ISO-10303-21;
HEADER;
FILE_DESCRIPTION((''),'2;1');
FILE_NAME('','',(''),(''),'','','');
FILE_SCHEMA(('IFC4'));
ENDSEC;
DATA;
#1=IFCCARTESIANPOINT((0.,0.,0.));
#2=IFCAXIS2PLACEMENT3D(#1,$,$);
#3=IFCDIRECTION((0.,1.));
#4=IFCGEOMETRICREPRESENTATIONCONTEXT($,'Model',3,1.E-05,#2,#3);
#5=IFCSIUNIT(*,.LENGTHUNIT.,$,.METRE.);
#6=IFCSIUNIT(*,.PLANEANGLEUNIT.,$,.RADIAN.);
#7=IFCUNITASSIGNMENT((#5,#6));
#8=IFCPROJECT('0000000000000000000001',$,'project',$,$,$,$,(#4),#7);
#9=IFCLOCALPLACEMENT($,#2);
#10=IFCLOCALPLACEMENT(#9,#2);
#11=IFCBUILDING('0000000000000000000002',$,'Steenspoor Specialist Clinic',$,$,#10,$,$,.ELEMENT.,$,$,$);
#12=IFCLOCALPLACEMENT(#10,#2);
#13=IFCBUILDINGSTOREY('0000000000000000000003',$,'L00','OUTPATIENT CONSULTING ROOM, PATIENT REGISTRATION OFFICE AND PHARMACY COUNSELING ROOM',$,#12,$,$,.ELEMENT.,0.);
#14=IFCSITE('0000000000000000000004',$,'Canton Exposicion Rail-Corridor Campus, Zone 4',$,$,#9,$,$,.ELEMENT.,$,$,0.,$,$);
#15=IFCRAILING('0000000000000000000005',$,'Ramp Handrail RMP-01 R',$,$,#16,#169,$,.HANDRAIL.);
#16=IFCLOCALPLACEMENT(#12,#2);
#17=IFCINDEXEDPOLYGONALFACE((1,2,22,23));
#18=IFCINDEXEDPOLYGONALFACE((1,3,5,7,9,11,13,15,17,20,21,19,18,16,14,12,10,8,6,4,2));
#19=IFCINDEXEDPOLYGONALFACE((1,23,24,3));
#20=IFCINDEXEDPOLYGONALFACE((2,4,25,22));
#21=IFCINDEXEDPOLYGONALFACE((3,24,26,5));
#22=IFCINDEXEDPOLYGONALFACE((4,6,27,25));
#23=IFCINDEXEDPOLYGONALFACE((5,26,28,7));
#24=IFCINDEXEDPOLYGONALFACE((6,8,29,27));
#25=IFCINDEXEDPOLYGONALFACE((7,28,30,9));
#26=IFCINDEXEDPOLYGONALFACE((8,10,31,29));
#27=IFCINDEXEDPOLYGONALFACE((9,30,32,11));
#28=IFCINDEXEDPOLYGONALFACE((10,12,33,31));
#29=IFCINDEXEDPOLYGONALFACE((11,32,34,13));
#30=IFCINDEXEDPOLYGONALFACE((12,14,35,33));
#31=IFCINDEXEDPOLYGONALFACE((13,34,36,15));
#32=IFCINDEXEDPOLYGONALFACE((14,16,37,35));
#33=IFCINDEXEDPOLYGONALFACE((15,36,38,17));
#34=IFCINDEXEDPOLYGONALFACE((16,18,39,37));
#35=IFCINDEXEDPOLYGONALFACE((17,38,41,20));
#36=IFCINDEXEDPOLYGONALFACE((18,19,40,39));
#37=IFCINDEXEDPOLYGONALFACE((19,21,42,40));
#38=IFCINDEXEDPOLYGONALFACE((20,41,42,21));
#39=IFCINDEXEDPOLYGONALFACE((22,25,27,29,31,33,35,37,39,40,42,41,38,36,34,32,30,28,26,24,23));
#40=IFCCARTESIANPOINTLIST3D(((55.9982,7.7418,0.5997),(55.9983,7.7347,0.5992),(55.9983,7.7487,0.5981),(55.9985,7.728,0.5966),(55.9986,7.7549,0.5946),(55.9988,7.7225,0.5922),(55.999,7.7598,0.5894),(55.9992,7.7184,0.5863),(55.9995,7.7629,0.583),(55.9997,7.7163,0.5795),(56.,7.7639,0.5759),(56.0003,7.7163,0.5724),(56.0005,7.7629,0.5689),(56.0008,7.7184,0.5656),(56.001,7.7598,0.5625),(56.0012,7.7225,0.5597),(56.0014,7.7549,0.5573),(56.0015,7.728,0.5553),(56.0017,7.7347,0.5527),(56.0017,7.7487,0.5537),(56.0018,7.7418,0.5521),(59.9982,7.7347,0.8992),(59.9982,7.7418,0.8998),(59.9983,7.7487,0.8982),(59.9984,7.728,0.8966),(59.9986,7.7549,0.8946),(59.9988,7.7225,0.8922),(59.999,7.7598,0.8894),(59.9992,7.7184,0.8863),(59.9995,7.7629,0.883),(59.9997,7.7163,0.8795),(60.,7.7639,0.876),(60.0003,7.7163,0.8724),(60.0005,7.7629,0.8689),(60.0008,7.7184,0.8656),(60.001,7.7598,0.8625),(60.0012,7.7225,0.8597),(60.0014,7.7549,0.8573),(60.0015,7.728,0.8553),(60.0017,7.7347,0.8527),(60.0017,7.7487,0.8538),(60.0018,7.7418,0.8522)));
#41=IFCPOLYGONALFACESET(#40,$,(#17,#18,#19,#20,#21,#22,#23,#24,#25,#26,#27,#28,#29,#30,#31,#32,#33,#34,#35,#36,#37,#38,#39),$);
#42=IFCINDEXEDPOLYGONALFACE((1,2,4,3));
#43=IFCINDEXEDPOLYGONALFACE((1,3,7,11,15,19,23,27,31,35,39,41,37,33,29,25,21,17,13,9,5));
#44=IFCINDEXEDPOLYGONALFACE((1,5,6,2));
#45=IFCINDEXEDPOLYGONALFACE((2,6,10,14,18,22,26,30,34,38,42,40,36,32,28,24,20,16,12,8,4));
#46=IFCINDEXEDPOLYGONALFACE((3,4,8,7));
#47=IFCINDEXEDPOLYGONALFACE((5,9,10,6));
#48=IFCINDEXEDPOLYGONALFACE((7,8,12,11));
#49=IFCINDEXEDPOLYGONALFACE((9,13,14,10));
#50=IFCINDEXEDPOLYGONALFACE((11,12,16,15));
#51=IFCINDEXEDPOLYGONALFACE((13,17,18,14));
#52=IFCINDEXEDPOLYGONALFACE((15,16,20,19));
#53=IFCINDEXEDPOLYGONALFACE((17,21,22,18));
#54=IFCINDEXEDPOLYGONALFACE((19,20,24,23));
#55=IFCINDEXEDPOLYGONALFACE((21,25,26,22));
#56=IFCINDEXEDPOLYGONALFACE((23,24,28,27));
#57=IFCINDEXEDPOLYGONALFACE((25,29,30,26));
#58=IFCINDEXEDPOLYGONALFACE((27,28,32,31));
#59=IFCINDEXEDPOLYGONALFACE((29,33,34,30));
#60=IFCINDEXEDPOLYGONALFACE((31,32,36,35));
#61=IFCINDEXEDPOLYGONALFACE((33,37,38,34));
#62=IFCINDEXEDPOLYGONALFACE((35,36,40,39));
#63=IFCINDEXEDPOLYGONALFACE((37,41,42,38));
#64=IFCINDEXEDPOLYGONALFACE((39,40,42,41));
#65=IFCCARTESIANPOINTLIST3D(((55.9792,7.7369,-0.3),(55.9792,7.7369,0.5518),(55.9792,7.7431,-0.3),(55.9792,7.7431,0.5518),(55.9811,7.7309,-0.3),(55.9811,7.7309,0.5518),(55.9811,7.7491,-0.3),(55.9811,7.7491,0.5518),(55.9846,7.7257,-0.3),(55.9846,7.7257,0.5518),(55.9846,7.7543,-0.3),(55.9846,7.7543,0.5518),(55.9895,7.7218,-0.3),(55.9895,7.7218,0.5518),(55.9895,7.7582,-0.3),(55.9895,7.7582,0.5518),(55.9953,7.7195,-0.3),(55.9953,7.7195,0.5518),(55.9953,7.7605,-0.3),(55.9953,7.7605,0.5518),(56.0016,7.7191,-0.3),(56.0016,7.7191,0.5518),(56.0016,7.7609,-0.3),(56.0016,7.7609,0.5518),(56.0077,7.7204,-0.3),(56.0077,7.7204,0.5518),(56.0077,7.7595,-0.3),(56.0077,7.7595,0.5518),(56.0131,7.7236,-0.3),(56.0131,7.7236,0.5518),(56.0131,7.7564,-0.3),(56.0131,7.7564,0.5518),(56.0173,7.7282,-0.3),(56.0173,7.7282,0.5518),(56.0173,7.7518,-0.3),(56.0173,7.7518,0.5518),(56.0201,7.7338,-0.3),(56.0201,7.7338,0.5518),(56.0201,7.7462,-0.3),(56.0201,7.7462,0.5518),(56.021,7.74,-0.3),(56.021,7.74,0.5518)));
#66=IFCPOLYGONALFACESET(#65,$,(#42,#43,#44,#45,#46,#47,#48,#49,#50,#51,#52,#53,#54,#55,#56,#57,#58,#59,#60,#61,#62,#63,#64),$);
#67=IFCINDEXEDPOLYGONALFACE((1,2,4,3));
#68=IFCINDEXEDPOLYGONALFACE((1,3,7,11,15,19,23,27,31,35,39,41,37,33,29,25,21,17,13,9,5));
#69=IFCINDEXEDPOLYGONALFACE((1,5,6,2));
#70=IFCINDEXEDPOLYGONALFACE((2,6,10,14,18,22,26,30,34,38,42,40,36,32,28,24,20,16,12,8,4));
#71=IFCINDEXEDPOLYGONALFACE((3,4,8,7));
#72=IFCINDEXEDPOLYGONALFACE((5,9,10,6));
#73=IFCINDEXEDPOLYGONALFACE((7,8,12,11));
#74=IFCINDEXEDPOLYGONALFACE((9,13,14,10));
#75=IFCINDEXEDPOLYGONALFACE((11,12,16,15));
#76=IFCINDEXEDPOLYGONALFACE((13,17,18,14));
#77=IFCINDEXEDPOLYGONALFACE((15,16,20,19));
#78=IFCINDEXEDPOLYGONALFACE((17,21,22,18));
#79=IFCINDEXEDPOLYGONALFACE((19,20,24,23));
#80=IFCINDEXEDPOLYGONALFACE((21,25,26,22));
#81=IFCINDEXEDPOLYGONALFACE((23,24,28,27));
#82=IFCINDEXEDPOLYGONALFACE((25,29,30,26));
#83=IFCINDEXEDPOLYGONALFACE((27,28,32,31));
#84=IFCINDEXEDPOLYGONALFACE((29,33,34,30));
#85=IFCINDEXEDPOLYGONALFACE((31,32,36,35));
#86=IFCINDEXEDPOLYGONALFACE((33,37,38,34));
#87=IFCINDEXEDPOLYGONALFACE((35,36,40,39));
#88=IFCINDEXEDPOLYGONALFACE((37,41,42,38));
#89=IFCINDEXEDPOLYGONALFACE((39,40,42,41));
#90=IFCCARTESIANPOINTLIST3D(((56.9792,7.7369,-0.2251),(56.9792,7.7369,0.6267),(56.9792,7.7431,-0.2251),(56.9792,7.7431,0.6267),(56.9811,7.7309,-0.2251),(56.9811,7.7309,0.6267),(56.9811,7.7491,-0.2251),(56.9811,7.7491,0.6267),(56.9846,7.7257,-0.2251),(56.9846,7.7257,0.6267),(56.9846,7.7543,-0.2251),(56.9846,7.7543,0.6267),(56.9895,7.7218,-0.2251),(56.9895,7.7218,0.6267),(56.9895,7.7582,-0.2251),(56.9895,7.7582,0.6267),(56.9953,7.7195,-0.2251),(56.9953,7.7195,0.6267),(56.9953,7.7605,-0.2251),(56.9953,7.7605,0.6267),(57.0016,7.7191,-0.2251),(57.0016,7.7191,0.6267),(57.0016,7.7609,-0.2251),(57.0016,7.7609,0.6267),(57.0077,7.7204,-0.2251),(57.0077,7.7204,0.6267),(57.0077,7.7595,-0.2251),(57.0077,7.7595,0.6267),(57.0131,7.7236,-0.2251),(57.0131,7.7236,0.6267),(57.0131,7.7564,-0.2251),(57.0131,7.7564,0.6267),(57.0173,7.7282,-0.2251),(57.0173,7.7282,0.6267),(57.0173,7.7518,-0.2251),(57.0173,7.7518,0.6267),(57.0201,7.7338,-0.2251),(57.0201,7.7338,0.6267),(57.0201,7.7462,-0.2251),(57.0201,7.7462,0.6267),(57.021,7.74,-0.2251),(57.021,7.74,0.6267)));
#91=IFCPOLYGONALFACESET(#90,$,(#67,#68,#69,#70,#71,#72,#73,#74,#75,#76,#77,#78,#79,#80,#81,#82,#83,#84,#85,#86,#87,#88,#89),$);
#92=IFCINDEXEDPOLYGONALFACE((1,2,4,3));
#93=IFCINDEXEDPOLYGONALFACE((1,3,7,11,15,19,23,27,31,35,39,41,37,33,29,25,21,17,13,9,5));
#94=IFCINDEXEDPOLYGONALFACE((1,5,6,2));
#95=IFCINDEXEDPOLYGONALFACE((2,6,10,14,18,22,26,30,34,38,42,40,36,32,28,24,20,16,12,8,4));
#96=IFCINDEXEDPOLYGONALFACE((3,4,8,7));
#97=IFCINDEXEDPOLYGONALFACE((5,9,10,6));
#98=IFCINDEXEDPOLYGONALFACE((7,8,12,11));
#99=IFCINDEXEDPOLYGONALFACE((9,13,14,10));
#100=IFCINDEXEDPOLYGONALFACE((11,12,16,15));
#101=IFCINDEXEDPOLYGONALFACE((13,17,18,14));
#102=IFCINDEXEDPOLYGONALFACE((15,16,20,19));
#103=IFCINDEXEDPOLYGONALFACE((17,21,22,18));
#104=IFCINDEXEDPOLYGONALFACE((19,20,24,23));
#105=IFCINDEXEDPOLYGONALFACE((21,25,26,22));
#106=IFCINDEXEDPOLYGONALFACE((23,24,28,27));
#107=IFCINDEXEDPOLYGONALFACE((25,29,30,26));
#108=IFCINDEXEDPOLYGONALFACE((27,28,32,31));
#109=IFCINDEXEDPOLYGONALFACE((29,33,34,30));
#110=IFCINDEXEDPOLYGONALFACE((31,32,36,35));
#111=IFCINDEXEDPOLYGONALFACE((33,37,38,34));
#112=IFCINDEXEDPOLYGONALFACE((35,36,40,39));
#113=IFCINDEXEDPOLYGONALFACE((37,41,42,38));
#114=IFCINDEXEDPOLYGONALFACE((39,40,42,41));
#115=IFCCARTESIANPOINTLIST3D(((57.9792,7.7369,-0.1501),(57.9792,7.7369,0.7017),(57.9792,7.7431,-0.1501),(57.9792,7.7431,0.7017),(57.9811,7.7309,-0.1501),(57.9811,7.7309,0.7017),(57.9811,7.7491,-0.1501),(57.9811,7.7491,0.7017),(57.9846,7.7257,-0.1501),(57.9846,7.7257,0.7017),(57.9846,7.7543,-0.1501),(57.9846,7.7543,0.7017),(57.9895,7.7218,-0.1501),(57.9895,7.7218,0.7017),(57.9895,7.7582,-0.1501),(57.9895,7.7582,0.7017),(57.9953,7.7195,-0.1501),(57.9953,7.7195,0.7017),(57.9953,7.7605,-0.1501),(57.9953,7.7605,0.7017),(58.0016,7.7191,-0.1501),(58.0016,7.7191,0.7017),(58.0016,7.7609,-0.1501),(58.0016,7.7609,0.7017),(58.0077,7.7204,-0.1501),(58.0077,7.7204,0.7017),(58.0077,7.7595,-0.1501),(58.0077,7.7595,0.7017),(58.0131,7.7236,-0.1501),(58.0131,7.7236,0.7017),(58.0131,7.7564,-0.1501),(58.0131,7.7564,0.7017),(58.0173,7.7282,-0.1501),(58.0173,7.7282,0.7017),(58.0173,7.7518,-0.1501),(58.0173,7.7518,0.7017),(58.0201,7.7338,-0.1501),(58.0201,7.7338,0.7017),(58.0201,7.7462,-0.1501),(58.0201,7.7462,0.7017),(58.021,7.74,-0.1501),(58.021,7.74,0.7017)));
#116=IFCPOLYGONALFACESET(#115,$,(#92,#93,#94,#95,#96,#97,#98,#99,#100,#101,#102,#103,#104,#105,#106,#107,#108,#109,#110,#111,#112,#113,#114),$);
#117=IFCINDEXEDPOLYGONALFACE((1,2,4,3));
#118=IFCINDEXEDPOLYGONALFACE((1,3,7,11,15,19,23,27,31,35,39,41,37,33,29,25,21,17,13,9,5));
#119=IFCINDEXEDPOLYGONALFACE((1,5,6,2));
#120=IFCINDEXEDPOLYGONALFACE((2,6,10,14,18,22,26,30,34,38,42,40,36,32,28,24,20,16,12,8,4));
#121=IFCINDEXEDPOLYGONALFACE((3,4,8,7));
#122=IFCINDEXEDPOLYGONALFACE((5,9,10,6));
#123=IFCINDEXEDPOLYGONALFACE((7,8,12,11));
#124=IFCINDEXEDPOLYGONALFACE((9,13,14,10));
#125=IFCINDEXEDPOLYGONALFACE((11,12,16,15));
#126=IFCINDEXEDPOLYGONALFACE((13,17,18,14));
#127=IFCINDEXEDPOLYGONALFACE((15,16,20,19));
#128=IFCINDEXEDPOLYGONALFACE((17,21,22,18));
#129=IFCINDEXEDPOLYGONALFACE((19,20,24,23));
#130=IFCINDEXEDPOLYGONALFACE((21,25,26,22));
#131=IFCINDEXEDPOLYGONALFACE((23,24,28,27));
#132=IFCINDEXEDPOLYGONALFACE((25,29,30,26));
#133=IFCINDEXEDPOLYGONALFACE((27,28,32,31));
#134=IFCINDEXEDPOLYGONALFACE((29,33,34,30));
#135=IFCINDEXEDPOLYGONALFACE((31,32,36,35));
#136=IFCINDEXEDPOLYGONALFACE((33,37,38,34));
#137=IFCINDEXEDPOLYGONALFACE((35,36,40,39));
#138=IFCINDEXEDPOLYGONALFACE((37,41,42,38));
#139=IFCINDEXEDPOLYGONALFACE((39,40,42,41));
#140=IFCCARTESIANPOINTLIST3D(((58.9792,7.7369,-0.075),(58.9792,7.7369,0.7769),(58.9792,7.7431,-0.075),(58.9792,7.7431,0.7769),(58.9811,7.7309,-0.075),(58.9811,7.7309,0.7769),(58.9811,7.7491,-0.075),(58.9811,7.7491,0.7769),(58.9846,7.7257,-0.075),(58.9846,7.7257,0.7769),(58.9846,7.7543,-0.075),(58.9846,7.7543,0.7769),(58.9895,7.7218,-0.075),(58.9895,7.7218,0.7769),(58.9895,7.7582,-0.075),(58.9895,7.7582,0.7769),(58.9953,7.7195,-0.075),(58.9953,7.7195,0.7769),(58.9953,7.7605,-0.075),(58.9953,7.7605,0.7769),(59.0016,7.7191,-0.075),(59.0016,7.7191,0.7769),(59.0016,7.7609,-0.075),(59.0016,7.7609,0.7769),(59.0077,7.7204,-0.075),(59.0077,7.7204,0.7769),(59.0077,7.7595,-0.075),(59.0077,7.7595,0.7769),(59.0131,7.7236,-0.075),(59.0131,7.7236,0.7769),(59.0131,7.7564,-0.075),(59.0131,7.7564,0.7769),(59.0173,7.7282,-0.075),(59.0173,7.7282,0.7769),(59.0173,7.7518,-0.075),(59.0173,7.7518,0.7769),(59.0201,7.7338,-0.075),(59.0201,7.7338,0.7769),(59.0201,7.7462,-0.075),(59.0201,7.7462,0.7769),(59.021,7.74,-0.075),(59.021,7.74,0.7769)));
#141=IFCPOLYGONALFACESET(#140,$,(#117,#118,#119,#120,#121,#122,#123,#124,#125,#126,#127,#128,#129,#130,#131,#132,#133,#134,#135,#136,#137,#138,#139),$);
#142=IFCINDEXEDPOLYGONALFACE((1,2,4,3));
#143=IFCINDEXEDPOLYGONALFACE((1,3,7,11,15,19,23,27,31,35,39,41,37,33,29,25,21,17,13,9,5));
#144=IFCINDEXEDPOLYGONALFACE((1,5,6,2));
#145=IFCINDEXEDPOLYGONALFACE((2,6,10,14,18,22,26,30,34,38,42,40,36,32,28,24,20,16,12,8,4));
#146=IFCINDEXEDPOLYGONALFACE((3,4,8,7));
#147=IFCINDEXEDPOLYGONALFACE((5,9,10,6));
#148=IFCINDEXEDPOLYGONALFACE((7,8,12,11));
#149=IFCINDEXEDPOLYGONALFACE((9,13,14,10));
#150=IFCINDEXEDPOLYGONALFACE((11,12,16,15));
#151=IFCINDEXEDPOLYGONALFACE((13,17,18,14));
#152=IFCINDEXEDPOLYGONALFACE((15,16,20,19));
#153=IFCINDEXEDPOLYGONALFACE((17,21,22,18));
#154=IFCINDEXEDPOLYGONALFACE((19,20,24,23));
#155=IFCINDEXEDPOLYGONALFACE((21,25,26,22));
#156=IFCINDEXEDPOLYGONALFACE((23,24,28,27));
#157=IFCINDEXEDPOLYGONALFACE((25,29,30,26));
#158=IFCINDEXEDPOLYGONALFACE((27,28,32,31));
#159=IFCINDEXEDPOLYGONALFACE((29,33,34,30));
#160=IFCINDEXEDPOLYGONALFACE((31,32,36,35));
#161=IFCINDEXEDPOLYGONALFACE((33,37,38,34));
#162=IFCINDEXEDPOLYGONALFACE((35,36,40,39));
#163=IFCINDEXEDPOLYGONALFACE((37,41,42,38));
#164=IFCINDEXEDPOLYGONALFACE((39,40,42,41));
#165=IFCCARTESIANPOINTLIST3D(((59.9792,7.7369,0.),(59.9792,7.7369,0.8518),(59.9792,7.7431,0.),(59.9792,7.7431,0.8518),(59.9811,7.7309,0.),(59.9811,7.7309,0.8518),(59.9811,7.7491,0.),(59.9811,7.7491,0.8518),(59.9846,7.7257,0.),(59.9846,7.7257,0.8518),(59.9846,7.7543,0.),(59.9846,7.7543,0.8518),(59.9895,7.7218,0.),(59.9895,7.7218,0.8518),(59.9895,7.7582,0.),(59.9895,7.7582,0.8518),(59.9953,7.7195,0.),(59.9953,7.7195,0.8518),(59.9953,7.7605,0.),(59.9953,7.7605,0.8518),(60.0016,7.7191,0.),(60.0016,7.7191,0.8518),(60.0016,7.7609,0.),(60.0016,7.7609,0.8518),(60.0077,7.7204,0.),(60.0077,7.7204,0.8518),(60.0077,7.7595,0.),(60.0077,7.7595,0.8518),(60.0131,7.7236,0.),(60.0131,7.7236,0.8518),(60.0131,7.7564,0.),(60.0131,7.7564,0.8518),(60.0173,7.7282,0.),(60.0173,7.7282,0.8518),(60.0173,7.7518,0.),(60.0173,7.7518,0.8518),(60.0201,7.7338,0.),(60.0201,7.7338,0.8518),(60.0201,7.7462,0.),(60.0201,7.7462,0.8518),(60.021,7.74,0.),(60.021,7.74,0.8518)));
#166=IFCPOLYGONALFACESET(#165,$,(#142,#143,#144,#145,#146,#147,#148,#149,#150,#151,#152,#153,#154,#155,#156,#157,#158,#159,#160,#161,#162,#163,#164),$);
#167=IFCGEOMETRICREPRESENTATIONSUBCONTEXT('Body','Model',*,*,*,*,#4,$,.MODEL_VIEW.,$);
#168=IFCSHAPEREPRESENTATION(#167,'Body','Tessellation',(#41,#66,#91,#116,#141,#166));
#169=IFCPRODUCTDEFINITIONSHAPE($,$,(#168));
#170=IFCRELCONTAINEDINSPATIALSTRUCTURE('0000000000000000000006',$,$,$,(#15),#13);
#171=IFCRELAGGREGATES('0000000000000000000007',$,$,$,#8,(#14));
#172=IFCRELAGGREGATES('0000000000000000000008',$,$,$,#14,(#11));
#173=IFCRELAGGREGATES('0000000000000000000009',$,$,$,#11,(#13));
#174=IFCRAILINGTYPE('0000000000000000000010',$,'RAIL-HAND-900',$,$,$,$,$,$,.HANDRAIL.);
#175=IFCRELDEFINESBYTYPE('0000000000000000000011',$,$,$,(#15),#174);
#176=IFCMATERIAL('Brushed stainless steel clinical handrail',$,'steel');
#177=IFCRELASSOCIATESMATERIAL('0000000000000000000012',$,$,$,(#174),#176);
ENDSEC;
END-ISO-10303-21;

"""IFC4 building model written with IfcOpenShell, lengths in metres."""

from ifc_helpers import new_model, si_unit, direction, frame, origin, origin_2d, place, context, subcontext, project, spatial, circle, extrude, material, type_object, element, save


model = new_model("IFC4")

# Units and contexts
model_context = context("Model", 3, precision=1e-05, world=origin(), true_north=direction((0.0, 1.0)))
body_context = subcontext(model_context, "Body", "Model", "MODEL_VIEW")
ifc_project = project(units=[si_unit("LENGTHUNIT", "METRE"), si_unit("PLANEANGLEUNIT", "RADIAN")], contexts=[model_context])

# Site, building, storey
site_placement = place(None, origin())
site = spatial("IfcSite", under=ifc_project, at=site_placement, Name="Canton Exposicion Rail-Corridor Campus, Zone 4", CompositionType="ELEMENT", RefElevation=0.0)
building_placement = place(site_placement, origin())
building = spatial("IfcBuilding", under=site, at=building_placement, Name="Steenspoor Specialist Clinic", CompositionType="ELEMENT")
storey_placement = place(building_placement, origin())
storey = spatial("IfcBuildingStorey", under=building, at=storey_placement, Name="L00", Description="OUTPATIENT CONSULTING ROOM, PATIENT REGISTRATION OFFICE AND PHARMACY COUNSELING ROOM", CompositionType="ELEMENT", Elevation=0.0)

# Railing
ifc_material_1 = material(Name="Brushed stainless steel clinical handrail", Category="steel")
railing_type = type_object("IfcRailingType", Name="RAIL-HAND-900", PredefinedType="HANDRAIL", material=ifc_material_1)
for number, where, name in (
    (1, (56.0, 7.74, -0.3), "Ramp Handrail RMP-01 R"),
):
    element("IfcRailing", number, at=place(storey_placement, frame(where)), inside=storey, type_object=railing_type, Name=name, PredefinedType="HANDRAIL", context=body_context, shape_type="SweptSolid", body=[
        extrude(circle(Radius=0.0239, at=origin_2d()), frame((0.0, 0.0, 0.876), z_axis=(0.997198, 0.0, 0.074802), x_axis=(0.0, 1.0, 0.0)), (0.0, 0.0, 1.0), 4.0112),
        extrude(circle(Radius=0.021, at=origin_2d()), origin(), (0.0, 0.0, 1.0), 0.8518),
        extrude(circle(Radius=0.021, at=origin_2d()), frame((1.0, 0.0, 0.075)), (0.0, 0.0, 1.0), 0.8518),
        extrude(circle(Radius=0.021, at=origin_2d()), frame((2.0, 0.0, 0.1499)), (0.0, 0.0, 1.0), 0.8518),
        extrude(circle(Radius=0.021, at=origin_2d()), frame((3.0, 0.0, 0.2251)), (0.0, 0.0, 1.0), 0.8518),
        extrude(circle(Radius=0.021, at=origin_2d()), frame((4.0, 0.0, 0.3)), (0.0, 0.0, 1.0), 0.8518),
    ])

save(model, "model.ifc")
